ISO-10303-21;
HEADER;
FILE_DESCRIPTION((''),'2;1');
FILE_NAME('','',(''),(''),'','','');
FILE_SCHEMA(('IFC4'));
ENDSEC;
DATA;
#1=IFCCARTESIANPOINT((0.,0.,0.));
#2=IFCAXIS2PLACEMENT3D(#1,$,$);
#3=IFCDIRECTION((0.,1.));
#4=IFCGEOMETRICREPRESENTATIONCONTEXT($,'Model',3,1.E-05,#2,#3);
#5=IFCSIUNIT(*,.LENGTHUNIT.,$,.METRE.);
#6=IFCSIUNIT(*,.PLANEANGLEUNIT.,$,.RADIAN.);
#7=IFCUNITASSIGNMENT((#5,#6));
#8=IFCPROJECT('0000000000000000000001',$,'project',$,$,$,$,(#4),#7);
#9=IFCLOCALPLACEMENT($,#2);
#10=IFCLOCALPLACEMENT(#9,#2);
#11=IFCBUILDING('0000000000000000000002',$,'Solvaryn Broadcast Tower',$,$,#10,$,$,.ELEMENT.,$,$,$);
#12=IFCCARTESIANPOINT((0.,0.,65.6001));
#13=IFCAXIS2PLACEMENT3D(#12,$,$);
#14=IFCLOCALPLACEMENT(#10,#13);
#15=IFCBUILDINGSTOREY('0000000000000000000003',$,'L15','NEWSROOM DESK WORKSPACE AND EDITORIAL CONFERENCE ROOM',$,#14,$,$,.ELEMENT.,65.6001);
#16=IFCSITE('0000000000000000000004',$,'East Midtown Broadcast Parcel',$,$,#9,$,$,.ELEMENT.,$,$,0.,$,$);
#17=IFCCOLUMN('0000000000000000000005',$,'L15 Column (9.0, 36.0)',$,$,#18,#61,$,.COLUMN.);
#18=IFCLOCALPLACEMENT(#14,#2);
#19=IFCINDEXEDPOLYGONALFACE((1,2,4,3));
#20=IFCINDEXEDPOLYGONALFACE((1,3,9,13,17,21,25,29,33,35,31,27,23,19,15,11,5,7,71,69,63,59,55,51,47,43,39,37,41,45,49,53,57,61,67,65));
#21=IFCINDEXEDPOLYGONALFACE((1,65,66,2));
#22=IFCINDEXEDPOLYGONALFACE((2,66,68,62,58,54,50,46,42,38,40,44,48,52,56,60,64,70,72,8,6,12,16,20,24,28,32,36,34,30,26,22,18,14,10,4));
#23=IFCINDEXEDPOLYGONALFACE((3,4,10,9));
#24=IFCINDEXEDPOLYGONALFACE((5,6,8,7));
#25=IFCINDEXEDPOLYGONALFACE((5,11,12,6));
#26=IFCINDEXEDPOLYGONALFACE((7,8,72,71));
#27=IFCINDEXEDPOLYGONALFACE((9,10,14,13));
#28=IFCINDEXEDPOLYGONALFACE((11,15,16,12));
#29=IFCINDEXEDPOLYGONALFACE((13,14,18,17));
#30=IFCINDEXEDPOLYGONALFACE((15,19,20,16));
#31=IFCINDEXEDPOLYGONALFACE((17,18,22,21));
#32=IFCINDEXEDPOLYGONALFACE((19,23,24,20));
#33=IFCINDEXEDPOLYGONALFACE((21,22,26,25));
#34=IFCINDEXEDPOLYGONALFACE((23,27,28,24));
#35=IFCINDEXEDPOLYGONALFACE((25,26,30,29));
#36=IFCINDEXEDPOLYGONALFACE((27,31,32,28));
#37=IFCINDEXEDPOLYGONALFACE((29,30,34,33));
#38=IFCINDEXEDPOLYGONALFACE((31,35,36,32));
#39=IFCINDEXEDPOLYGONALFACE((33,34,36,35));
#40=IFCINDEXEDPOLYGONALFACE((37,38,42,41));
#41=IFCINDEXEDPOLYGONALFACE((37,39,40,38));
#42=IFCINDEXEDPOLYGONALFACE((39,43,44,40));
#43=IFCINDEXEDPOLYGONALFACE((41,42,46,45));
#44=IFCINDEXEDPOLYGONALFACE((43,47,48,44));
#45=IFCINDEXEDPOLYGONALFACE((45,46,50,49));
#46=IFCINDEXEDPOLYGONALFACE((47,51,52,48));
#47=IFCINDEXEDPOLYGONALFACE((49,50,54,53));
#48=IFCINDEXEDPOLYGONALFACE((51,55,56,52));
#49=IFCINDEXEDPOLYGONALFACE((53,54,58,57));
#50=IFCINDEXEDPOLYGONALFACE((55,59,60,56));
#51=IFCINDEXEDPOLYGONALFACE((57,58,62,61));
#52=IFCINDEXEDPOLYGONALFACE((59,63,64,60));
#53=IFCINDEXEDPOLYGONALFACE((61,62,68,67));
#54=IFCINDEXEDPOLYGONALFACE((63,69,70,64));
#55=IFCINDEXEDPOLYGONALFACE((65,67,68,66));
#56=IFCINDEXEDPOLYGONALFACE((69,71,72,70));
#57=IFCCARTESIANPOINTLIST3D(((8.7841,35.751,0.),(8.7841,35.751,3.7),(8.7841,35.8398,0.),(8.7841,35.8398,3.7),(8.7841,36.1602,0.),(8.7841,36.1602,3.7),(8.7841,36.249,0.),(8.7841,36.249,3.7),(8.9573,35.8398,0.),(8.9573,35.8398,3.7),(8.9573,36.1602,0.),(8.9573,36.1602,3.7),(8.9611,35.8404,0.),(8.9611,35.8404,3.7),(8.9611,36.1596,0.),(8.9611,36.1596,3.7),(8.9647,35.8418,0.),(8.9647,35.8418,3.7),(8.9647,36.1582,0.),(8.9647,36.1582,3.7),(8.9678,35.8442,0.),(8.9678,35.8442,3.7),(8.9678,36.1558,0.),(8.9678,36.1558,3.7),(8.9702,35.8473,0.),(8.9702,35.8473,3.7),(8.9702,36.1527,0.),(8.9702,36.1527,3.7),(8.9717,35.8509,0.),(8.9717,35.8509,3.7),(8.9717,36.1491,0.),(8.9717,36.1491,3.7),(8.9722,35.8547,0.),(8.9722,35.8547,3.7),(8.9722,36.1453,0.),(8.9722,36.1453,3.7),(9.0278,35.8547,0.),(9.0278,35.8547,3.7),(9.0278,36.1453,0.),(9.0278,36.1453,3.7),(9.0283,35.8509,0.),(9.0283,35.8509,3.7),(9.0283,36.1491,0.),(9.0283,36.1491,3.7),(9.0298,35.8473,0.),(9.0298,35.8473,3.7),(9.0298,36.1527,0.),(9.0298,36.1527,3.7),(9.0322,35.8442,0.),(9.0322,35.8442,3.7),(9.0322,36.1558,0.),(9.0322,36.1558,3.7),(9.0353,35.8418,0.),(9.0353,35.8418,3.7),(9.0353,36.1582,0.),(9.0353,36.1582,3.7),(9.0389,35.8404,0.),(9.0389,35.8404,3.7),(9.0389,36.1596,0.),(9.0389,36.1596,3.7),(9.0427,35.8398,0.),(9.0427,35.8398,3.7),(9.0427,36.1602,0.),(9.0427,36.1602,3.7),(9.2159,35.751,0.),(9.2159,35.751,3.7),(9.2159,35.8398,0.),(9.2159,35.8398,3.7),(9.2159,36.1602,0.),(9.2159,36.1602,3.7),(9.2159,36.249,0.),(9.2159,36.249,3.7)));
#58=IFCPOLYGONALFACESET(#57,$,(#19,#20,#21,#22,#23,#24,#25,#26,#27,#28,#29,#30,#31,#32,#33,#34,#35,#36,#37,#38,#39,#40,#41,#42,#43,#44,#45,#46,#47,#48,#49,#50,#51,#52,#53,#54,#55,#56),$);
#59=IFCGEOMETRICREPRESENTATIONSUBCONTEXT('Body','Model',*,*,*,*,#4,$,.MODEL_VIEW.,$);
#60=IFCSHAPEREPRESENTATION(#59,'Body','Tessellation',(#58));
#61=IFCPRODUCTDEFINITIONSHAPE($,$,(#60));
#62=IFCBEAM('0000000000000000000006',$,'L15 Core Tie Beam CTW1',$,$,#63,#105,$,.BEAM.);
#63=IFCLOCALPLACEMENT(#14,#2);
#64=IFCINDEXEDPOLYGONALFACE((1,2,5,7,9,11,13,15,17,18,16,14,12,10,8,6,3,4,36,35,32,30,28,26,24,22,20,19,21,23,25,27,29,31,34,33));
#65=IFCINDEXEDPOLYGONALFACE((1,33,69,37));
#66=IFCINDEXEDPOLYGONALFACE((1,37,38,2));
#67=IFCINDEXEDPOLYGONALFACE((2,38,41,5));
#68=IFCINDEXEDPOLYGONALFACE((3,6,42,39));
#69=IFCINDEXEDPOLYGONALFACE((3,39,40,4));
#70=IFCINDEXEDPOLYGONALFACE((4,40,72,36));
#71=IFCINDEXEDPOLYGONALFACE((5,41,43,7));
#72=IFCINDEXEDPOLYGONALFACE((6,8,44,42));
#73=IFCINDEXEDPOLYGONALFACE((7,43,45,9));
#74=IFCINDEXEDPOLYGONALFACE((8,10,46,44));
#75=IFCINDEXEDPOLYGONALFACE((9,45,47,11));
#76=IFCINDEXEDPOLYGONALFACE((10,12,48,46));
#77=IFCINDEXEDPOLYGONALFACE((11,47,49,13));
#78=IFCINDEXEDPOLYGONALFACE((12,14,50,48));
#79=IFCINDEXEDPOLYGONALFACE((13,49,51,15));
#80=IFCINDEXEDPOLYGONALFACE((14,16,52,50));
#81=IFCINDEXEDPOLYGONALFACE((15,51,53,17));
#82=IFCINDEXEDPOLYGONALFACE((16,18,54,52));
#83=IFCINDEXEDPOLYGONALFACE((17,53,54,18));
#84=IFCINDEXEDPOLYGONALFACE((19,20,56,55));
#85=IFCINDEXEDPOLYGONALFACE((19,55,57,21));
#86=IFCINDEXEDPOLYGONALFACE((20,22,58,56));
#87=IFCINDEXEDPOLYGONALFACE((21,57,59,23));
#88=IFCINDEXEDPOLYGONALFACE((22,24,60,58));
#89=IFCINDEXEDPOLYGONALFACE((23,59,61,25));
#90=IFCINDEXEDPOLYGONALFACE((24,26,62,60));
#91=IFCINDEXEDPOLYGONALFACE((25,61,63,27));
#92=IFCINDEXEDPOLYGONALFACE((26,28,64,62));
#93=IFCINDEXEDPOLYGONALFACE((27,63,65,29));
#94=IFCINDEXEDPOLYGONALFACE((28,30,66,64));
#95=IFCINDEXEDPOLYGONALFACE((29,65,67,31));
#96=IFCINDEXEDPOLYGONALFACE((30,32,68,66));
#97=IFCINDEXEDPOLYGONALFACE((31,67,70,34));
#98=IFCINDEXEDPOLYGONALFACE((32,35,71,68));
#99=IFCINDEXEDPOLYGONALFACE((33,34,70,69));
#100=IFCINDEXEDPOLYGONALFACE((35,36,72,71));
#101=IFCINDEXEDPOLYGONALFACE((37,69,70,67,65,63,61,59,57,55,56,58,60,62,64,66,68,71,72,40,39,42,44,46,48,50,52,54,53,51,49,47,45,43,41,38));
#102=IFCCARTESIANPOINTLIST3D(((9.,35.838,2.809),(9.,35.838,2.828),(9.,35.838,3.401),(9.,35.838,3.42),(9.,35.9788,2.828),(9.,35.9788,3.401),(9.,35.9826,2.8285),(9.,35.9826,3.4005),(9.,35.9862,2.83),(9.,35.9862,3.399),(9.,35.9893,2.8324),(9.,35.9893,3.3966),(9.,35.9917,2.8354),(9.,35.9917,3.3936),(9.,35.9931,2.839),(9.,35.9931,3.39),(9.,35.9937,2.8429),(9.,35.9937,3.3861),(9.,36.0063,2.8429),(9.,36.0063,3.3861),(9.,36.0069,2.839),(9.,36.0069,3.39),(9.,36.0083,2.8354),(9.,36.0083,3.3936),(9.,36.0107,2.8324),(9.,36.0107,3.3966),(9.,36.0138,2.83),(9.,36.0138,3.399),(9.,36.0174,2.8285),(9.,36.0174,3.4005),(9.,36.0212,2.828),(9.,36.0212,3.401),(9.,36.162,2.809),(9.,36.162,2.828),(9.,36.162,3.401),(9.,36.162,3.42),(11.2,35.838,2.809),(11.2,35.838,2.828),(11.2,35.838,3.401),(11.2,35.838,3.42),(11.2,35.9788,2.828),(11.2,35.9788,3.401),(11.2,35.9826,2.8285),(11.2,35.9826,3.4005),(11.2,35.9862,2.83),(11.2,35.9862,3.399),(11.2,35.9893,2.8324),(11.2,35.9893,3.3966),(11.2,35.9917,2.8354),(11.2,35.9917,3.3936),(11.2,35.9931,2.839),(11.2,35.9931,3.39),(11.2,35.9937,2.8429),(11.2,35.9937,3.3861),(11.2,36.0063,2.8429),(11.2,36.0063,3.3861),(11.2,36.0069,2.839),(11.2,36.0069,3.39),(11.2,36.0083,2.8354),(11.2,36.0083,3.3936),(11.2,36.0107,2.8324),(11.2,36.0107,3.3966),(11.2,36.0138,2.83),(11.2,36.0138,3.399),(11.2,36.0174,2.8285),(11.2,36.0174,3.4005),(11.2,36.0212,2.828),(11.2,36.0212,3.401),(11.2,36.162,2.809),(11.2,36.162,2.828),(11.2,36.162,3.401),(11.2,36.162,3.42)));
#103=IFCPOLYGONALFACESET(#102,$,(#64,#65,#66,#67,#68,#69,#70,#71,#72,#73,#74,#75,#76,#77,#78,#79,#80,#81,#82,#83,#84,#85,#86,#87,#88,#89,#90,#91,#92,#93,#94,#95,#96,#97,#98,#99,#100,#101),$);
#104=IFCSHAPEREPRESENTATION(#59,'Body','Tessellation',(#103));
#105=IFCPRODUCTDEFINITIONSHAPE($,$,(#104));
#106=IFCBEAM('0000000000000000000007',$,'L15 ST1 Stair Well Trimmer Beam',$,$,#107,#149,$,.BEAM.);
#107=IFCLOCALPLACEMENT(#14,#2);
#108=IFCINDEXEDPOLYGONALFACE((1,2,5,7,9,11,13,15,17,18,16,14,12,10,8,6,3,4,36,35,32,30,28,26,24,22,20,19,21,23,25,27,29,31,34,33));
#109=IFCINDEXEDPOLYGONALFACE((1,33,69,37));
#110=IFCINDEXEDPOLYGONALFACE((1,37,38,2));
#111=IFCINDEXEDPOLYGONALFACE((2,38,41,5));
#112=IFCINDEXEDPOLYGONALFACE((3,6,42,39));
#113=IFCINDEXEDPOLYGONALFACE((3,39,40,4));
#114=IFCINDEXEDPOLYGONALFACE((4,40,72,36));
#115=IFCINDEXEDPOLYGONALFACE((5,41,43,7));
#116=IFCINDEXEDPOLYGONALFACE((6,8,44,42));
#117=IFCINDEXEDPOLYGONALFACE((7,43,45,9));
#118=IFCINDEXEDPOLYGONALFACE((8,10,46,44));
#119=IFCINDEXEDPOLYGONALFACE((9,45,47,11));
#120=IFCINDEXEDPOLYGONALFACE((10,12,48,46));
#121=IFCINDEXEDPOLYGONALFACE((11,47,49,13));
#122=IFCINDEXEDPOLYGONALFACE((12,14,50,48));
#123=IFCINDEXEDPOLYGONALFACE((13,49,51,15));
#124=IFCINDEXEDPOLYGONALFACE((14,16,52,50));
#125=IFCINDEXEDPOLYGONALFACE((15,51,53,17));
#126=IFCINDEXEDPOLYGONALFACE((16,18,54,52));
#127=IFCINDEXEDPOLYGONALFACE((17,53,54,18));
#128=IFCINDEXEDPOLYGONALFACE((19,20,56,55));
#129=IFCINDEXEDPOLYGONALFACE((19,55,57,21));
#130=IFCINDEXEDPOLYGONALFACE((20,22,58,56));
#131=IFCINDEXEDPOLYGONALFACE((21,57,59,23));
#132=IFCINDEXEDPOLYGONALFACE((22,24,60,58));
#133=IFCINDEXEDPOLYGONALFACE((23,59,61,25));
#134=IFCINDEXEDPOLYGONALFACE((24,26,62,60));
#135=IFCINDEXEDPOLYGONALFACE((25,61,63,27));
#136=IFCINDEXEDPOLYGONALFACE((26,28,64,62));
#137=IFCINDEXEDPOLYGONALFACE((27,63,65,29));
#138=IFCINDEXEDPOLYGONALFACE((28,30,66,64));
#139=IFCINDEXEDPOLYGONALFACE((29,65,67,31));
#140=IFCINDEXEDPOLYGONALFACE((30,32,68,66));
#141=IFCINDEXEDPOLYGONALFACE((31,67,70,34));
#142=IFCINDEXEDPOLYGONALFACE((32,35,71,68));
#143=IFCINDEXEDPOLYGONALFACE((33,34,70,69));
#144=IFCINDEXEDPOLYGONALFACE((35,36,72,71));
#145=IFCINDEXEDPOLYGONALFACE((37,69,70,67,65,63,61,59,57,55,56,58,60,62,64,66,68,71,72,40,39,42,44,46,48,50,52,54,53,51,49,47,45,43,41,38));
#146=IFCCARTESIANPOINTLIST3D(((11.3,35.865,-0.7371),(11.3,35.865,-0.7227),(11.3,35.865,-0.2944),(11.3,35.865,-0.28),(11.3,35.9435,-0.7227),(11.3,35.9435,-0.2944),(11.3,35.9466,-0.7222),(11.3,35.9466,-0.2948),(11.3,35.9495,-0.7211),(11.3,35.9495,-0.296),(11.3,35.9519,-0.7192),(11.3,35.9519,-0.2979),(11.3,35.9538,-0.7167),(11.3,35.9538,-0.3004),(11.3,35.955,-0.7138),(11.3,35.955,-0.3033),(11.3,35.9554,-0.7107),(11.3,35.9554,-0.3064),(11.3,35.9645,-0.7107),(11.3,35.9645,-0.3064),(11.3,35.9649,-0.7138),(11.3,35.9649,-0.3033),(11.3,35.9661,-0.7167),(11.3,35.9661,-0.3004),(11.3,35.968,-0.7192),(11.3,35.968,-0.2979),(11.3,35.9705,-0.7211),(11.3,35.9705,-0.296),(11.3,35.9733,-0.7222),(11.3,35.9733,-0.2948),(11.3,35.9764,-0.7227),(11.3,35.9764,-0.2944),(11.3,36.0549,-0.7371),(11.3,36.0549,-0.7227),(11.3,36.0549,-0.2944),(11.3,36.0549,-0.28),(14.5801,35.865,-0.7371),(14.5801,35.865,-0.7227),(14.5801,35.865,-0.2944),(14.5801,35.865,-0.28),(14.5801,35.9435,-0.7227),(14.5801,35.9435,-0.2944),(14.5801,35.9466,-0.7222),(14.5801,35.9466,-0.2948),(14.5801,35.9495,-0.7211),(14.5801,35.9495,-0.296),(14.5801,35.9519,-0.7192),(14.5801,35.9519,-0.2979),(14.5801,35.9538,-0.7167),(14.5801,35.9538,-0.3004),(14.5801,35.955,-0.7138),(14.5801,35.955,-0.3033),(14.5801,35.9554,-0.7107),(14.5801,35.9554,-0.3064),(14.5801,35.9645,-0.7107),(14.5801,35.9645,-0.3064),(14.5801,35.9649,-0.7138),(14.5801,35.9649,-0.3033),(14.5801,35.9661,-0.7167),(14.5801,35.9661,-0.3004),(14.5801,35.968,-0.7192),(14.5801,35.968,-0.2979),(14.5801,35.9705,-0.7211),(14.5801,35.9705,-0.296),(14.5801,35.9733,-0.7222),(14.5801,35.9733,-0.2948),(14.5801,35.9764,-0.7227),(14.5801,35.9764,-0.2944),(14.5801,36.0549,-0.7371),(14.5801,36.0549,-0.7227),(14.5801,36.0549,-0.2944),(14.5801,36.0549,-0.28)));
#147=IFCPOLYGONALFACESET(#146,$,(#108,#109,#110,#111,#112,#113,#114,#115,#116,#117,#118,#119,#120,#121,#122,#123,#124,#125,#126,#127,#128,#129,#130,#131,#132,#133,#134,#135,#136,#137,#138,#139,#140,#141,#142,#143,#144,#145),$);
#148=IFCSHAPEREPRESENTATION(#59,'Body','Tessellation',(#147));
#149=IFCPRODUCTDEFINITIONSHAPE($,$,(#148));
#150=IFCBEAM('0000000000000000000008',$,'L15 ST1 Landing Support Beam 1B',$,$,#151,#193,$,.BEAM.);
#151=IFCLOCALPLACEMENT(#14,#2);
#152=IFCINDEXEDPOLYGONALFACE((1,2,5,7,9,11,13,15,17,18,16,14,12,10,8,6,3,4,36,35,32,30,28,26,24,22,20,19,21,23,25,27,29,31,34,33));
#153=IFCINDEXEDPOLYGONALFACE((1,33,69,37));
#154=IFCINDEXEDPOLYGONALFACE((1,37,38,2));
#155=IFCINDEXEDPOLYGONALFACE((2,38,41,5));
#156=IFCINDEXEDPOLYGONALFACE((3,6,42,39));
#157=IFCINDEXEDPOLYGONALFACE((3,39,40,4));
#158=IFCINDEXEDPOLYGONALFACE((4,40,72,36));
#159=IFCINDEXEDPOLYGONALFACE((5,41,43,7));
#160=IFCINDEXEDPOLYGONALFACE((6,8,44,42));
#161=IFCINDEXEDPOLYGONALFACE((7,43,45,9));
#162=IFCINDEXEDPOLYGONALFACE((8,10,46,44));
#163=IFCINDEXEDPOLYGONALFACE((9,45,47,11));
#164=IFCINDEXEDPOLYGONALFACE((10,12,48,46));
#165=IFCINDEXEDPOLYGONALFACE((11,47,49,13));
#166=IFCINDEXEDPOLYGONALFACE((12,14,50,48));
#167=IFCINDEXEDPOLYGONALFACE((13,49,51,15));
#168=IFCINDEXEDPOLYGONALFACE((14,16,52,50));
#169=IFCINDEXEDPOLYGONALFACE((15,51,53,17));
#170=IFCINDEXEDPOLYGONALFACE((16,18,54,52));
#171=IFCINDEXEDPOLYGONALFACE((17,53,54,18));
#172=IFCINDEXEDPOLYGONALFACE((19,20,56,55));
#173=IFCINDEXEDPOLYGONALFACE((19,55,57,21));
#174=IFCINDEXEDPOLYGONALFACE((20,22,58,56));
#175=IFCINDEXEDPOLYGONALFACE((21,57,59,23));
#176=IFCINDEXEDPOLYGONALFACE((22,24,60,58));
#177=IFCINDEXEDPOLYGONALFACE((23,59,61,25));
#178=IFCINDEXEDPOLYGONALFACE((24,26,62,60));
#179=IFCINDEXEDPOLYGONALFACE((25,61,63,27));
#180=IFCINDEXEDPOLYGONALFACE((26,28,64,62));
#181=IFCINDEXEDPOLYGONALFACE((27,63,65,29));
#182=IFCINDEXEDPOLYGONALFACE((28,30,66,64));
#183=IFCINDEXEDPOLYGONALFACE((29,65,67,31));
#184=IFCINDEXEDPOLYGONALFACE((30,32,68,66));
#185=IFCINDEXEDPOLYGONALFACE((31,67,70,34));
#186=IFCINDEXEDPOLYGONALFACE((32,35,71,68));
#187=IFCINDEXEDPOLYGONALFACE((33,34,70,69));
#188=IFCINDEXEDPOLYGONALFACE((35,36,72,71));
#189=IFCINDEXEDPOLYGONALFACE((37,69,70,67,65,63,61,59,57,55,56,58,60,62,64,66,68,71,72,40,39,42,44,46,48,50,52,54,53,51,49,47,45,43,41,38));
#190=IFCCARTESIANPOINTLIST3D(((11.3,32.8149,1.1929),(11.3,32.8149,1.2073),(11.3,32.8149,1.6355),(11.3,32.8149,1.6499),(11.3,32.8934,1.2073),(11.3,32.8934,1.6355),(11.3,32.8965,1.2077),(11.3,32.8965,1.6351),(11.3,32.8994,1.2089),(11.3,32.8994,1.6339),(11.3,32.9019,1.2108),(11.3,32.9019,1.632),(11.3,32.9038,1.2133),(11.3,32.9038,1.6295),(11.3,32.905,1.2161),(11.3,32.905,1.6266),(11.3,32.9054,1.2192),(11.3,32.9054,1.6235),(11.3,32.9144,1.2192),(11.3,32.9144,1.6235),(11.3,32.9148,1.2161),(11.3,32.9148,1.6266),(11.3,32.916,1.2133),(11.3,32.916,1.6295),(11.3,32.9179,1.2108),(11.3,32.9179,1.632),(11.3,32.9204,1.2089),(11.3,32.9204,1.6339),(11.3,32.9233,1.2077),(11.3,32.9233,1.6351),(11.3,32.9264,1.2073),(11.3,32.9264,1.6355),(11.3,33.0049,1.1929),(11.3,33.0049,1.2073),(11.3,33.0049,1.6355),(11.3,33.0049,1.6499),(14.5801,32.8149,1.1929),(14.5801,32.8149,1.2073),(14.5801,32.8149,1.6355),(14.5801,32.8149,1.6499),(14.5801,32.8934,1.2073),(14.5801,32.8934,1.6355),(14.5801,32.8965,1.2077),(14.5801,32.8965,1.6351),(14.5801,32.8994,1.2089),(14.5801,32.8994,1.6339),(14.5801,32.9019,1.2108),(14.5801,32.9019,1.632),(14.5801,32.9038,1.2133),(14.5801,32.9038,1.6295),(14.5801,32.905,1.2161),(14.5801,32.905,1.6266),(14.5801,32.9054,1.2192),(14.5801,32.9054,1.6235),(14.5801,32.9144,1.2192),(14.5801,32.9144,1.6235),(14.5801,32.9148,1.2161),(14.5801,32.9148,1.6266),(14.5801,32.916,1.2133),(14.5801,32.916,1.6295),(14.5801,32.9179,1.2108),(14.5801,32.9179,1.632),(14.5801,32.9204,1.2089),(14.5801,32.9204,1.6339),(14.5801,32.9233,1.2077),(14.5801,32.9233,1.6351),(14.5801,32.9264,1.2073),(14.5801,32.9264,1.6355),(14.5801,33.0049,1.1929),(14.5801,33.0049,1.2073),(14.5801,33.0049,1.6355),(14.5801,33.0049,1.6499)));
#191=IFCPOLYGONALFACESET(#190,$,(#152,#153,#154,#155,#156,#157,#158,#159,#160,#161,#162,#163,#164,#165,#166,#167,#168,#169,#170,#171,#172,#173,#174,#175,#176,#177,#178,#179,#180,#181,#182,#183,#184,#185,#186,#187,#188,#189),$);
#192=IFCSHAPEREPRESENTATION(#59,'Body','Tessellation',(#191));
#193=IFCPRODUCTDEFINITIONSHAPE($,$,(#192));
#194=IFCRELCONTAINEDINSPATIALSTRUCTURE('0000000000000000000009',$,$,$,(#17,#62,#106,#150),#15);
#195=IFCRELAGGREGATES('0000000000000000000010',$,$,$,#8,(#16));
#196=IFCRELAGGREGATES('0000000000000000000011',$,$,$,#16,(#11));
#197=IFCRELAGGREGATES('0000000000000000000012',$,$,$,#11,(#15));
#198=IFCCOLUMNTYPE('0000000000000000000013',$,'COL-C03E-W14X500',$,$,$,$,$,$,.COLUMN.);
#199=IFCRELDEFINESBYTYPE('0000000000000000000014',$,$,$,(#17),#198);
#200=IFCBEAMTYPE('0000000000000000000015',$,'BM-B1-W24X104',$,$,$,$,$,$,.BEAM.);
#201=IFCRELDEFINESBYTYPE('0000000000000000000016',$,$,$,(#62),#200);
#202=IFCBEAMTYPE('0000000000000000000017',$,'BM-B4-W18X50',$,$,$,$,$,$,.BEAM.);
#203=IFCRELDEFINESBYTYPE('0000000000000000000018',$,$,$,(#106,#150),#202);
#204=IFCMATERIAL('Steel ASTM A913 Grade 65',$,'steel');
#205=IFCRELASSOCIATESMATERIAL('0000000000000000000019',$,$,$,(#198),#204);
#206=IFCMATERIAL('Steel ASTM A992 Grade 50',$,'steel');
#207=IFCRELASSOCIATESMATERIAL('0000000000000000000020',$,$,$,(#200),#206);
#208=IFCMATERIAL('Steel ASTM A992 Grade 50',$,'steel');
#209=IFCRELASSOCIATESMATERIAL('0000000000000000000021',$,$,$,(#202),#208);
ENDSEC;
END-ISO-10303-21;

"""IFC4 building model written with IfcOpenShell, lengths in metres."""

from ifc_helpers import new_model, si_unit, direction, frame, origin, origin_2d, place, context, subcontext, project, spatial, i_section, extrude, material, material_profile, profile_set, type_object, element, save


model = new_model("IFC4")

# Units and contexts
model_context = context("Model", 3, precision=1e-05, world=origin(), true_north=direction((0.0, 1.0)))
body_context = subcontext(model_context, "Body", "Model", "MODEL_VIEW")
ifc_project = project(units=[si_unit("LENGTHUNIT", "METRE"), si_unit("PLANEANGLEUNIT", "RADIAN")], contexts=[model_context])

# Site, building, storey
site_placement = place(None, origin())
site = spatial("IfcSite", under=ifc_project, at=site_placement, Name="East Midtown Broadcast Parcel", CompositionType="ELEMENT", RefElevation=0.0)
building_placement = place(site_placement, origin())
building = spatial("IfcBuilding", under=site, at=building_placement, Name="Solvaryn Broadcast Tower", CompositionType="ELEMENT")
storey_placement = place(building_placement, frame((0.0, 0.0, 65.6001)))
storey = spatial("IfcBuildingStorey", under=building, at=storey_placement, Name="L15", Description="NEWSROOM DESK WORKSPACE AND EDITORIAL CONFERENCE ROOM", CompositionType="ELEMENT", Elevation=65.6001)

# Column
ifc_material_1 = material(Name="Steel ASTM A913 Grade 65", Category="steel")
ifc_material_profile_1 = material_profile(ifc_material_1, i_section(OverallWidth=0.4319, OverallDepth=0.498, WebThickness=0.0557, FlangeThickness=0.0889, FilletRadius=0.0149, at=origin_2d()))
ifc_profile_set_1 = profile_set([ifc_material_profile_1], Name="Steel ASTM A913 Grade 65")
column_type = type_object("IfcColumnType", Name="COL-C03E-W14X500", PredefinedType="COLUMN", material=ifc_profile_set_1)
column_placement = place(storey_placement, frame((9.0, 36.0, 0.0), z_axis=(0.0, 0.0, 1.0), x_axis=(1.0, 0.0, 0.0)))
element("IfcColumn", 1, at=column_placement, inside=storey, type_object=column_type, Name="L15 Column (9.0, 36.0)", PredefinedType="COLUMN", context=body_context, shape_type="SweptSolid", body=[
    extrude(i_section(OverallWidth=0.4319, OverallDepth=0.498, WebThickness=0.0557, FlangeThickness=0.0889, FilletRadius=0.0149, at=origin_2d()), origin(), (0.0, 0.0, 1.0), 3.7),
])

# Beams
ifc_material_2 = material(Name="Steel ASTM A992 Grade 50", Category="steel")
ifc_material_profile_2 = material_profile(ifc_material_2, i_section(OverallWidth=0.324, OverallDepth=0.6111, WebThickness=0.0127, FlangeThickness=0.019, FilletRadius=0.0149, at=origin_2d()))
ifc_profile_set_2 = profile_set([ifc_material_profile_2], Name="Steel ASTM A992 Grade 50")
beam_type_1 = type_object("IfcBeamType", Name="BM-B1-W24X104", PredefinedType="BEAM", material=ifc_profile_set_2)
beam_1_placement = place(storey_placement, frame((9.0, 36.0, 3.1145), z_axis=(1.0, 0.0, 0.0), x_axis=(0.0, 1.0, 0.0)))
element("IfcBeam", 2, at=beam_1_placement, inside=storey, type_object=beam_type_1, Name="L15 Core Tie Beam CTW1", PredefinedType="BEAM", context=body_context, shape_type="SweptSolid", body=[
    extrude(i_section(OverallWidth=0.324, OverallDepth=0.6111, WebThickness=0.0127, FlangeThickness=0.019, FilletRadius=0.0149, at=origin_2d()), origin(), (0.0, 0.0, 1.0), 2.2),
])
ifc_material_3 = material(Name="Steel ASTM A992 Grade 50", Category="steel")
ifc_material_profile_3 = material_profile(ifc_material_3, i_section(OverallWidth=0.1899, OverallDepth=0.457, WebThickness=0.009, FlangeThickness=0.0144, FilletRadius=0.012, at=origin_2d()))
ifc_profile_set_3 = profile_set([ifc_material_profile_3], Name="Steel ASTM A992 Grade 50")
beam_type_2 = type_object("IfcBeamType", Name="BM-B4-W18X50", PredefinedType="BEAM", material=ifc_profile_set_3)
for number, where, z_axis, x_axis, name in (
    (3, (11.3, 35.96, -0.5085), (1.0, 0.0, 0.0), (0.0, 1.0, 0.0), "L15 ST1 Stair Well Trimmer Beam"),
    (4, (11.3, 32.9099, 1.4214), (1.0, 0.0, 0.0), (0.0, 1.0, 0.0), "L15 ST1 Landing Support Beam 1B"),
):
    element("IfcBeam", number, at=place(storey_placement, frame(where, z_axis=z_axis, x_axis=x_axis)), inside=storey, type_object=beam_type_2, Name=name, PredefinedType="BEAM", context=body_context, shape_type="SweptSolid", body=[
        extrude(i_section(OverallWidth=0.1899, OverallDepth=0.457, WebThickness=0.009, FlangeThickness=0.0144, FilletRadius=0.012, at=origin_2d()), origin(), (0.0, 0.0, 1.0), 3.28),
    ])

save(model, "model.ifc")
